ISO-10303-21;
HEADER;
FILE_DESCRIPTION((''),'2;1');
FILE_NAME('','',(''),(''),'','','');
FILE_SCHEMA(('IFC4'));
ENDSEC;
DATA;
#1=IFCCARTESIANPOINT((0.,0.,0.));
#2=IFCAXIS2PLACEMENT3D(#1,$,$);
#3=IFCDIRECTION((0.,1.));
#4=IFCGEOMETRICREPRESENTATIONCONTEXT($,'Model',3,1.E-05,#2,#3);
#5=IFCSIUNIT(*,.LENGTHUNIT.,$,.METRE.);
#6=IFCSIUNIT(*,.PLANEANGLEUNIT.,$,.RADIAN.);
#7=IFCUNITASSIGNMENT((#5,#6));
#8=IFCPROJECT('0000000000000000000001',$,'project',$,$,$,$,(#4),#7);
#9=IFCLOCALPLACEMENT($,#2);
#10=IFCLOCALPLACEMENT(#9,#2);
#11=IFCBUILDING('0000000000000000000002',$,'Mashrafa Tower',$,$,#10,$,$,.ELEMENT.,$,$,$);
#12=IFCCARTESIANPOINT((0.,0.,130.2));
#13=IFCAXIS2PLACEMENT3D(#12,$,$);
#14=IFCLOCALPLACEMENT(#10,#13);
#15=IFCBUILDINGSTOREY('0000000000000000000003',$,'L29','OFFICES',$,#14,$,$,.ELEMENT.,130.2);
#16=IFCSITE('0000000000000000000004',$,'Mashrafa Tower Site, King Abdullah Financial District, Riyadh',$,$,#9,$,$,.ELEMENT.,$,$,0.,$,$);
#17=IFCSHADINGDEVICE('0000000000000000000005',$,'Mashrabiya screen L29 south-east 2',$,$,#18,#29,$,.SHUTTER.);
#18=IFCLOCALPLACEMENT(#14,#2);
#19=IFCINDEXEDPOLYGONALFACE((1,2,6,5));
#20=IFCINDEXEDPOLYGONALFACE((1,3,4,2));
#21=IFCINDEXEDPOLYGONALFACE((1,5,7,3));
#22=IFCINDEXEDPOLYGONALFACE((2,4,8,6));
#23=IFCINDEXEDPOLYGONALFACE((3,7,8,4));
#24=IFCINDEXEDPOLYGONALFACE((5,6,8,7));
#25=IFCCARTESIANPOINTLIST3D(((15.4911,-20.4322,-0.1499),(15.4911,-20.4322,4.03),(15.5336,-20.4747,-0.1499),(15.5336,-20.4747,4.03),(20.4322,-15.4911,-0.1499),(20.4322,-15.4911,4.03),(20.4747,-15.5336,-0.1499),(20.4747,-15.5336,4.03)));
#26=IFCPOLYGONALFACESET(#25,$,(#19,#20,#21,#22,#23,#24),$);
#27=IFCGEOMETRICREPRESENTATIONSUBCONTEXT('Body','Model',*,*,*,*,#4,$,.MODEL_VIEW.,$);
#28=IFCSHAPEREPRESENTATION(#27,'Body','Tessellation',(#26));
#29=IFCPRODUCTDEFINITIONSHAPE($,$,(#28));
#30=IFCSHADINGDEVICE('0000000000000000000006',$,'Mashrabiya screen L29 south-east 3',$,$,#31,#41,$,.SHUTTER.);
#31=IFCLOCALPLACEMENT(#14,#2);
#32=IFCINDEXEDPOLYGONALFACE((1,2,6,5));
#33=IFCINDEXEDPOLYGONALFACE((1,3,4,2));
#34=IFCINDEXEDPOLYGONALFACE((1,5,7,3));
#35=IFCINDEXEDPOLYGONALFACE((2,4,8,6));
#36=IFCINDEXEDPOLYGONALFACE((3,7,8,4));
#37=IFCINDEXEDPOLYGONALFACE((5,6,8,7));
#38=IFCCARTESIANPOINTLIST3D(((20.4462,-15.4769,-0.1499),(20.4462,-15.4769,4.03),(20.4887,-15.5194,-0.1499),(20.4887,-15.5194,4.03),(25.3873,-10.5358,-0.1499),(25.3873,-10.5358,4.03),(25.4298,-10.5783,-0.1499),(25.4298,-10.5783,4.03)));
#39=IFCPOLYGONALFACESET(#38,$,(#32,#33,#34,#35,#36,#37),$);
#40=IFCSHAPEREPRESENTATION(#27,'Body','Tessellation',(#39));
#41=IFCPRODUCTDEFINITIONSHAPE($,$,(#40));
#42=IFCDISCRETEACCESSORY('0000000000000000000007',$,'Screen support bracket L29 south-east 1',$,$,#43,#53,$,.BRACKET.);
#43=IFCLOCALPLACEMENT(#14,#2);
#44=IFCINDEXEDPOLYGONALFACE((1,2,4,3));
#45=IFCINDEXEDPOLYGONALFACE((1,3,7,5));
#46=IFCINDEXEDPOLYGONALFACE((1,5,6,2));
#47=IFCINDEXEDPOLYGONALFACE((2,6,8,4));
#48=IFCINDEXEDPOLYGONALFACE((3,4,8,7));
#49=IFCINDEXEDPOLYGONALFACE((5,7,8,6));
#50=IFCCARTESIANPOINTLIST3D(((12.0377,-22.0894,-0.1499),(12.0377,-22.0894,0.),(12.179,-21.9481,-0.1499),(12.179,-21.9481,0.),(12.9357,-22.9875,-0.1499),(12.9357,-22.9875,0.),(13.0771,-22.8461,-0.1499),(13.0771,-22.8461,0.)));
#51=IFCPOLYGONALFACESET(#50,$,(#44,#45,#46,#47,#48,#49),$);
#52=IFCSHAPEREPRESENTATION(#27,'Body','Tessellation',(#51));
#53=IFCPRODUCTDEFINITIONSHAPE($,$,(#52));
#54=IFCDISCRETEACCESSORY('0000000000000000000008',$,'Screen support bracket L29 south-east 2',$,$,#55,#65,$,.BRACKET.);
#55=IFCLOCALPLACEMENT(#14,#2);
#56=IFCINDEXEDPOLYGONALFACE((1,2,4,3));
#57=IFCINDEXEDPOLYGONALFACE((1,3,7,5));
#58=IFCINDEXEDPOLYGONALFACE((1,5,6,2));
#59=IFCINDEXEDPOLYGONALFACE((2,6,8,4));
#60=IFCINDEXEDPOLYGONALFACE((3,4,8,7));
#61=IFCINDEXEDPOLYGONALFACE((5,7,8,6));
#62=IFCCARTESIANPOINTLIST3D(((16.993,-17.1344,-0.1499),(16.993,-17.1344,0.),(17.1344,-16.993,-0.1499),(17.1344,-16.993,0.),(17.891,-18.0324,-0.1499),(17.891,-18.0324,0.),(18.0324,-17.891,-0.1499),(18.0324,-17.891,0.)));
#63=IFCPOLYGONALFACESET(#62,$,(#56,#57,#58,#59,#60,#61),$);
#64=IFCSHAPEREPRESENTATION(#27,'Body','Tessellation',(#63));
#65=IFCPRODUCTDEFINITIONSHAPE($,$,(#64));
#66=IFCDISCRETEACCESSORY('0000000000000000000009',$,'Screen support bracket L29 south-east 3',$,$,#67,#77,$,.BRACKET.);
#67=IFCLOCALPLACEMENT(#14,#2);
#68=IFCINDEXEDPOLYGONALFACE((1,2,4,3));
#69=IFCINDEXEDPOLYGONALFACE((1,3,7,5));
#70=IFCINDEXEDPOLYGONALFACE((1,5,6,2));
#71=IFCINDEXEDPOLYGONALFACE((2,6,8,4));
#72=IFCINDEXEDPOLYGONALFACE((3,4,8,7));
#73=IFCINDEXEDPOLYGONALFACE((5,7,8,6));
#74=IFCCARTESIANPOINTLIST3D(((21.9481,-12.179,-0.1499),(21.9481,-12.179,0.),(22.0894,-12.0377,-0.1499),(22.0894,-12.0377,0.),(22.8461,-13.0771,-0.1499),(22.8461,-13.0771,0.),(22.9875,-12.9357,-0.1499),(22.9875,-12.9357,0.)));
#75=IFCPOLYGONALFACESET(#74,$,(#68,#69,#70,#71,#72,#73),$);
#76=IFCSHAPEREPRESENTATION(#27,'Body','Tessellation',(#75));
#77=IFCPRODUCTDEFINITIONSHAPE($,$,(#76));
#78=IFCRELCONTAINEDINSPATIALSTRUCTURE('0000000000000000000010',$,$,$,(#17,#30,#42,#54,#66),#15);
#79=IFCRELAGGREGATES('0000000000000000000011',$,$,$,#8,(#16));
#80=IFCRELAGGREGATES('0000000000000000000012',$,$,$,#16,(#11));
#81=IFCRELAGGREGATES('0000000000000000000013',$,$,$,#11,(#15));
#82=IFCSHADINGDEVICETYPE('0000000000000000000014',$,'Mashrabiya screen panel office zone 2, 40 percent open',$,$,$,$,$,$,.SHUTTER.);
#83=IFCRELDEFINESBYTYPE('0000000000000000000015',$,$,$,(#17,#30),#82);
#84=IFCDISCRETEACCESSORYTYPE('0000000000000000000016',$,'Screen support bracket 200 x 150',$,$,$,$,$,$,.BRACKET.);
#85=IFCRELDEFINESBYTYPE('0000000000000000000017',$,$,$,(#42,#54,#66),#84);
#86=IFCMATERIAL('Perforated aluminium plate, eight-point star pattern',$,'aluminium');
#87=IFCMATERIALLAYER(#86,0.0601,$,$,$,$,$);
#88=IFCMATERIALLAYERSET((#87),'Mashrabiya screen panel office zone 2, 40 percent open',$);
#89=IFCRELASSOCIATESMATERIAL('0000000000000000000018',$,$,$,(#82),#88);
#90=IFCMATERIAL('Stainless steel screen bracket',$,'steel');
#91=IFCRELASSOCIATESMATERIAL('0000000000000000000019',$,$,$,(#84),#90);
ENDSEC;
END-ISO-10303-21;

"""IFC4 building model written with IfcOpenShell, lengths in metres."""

from ifc_helpers import new_model, si_unit, direction, frame, origin, origin_2d, place, context, subcontext, project, spatial, rectangle, extrude, source, transform, mapped, material, layer, layer_set, type_object, type_shapes, element, save


model = new_model("IFC4")

# Units and contexts
model_context = context("Model", 3, precision=1e-05, world=origin(), true_north=direction((0.0, 1.0)))
body_context = subcontext(model_context, "Body", "Model", "MODEL_VIEW")
ifc_project = project(units=[si_unit("LENGTHUNIT", "METRE"), si_unit("PLANEANGLEUNIT", "RADIAN")], contexts=[model_context])

# Site, building, storey
site_placement = place(None, origin())
site = spatial("IfcSite", under=ifc_project, at=site_placement, Name="Mashrafa Tower Site, King Abdullah Financial District, Riyadh", CompositionType="ELEMENT", RefElevation=0.0)
building_placement = place(site_placement, origin())
building = spatial("IfcBuilding", under=site, at=building_placement, Name="Mashrafa Tower", CompositionType="ELEMENT")
storey_placement = place(building_placement, frame((0.0, 0.0, 130.2)))
storey = spatial("IfcBuildingStorey", under=building, at=storey_placement, Name="L29", Description="OFFICES", CompositionType="ELEMENT", Elevation=130.2)

# Shading devices
ifc_material_1 = material(Name="Perforated aluminium plate, eight-point star pattern", Category="aluminium")
ifc_layer_1 = layer(ifc_material_1, 0.0601)
ifc_layer_set_1 = layer_set([ifc_layer_1], Name="Mashrabiya screen panel office zone 2, 40 percent open")
shading_device_type = type_object("IfcShadingDeviceType", Name="Mashrabiya screen panel office zone 2, 40 percent open", PredefinedType="SHUTTER", material=ifc_layer_set_1)
shared_shape_1 = source(origin(), body_context, "Body", "SweptSolid", [
    extrude(rectangle(XDim=6.9878, YDim=0.0601, at=origin_2d()), origin(), (0.0, 0.0, 1.0), 4.1799),
])
type_shapes(shading_device_type, [shared_shape_1])
for number, where, z_axis, x_axis, name in (
    (1, (17.9829, -17.9829, -0.1499), (0.0, 0.0, 1.0), (0.707107, 0.707107, 0.0), "Mashrabiya screen L29 south-east 2"),
    (2, (22.938, -13.0276, -0.1499), (0.0, 0.0, 1.0), (0.707107, 0.707107, 0.0), "Mashrabiya screen L29 south-east 3"),
):
    element("IfcShadingDevice", number, at=place(storey_placement, frame(where, z_axis=z_axis, x_axis=x_axis)), inside=storey, type_object=shading_device_type, Name=name, PredefinedType="SHUTTER", context=body_context, shape_type="MappedRepresentation", body=[
        mapped(shared_shape_1, transform((0.0, 0.0, 0.0))),
    ])

# Discrete accessories
ifc_material_2 = material(Name="Stainless steel screen bracket", Category="steel")
discrete_accessory_type = type_object("IfcDiscreteAccessoryType", Name="Screen support bracket 200 x 150", PredefinedType="BRACKET", material=ifc_material_2)
shared_shape_2 = source(origin(), body_context, "Body", "SweptSolid", [
    extrude(rectangle(XDim=0.2, YDim=1.27, at=origin_2d()), origin(), (0.0, 0.0, 1.0), 0.1499),
])
type_shapes(discrete_accessory_type, [shared_shape_2])
for number, where, z_axis, x_axis, name in (
    (3, (12.5574, -22.4678, -0.1499), (0.0, 0.0, 1.0), (0.707107, 0.707107, 0.0), "Screen support bracket L29 south-east 1"),
    (4, (17.5127, -17.5127, -0.1499), (0.0, 0.0, 1.0), (0.707107, 0.707107, 0.0), "Screen support bracket L29 south-east 2"),
    (5, (22.4678, -12.5574, -0.1499), (0.0, 0.0, 1.0), (0.707107, 0.707107, 0.0), "Screen support bracket L29 south-east 3"),
):
    element("IfcDiscreteAccessory", number, at=place(storey_placement, frame(where, z_axis=z_axis, x_axis=x_axis)), inside=storey, type_object=discrete_accessory_type, Name=name, PredefinedType="BRACKET", context=body_context, shape_type="MappedRepresentation", body=[
        mapped(shared_shape_2, transform((0.0, 0.0, 0.0))),
    ])

save(model, "model.ifc")
